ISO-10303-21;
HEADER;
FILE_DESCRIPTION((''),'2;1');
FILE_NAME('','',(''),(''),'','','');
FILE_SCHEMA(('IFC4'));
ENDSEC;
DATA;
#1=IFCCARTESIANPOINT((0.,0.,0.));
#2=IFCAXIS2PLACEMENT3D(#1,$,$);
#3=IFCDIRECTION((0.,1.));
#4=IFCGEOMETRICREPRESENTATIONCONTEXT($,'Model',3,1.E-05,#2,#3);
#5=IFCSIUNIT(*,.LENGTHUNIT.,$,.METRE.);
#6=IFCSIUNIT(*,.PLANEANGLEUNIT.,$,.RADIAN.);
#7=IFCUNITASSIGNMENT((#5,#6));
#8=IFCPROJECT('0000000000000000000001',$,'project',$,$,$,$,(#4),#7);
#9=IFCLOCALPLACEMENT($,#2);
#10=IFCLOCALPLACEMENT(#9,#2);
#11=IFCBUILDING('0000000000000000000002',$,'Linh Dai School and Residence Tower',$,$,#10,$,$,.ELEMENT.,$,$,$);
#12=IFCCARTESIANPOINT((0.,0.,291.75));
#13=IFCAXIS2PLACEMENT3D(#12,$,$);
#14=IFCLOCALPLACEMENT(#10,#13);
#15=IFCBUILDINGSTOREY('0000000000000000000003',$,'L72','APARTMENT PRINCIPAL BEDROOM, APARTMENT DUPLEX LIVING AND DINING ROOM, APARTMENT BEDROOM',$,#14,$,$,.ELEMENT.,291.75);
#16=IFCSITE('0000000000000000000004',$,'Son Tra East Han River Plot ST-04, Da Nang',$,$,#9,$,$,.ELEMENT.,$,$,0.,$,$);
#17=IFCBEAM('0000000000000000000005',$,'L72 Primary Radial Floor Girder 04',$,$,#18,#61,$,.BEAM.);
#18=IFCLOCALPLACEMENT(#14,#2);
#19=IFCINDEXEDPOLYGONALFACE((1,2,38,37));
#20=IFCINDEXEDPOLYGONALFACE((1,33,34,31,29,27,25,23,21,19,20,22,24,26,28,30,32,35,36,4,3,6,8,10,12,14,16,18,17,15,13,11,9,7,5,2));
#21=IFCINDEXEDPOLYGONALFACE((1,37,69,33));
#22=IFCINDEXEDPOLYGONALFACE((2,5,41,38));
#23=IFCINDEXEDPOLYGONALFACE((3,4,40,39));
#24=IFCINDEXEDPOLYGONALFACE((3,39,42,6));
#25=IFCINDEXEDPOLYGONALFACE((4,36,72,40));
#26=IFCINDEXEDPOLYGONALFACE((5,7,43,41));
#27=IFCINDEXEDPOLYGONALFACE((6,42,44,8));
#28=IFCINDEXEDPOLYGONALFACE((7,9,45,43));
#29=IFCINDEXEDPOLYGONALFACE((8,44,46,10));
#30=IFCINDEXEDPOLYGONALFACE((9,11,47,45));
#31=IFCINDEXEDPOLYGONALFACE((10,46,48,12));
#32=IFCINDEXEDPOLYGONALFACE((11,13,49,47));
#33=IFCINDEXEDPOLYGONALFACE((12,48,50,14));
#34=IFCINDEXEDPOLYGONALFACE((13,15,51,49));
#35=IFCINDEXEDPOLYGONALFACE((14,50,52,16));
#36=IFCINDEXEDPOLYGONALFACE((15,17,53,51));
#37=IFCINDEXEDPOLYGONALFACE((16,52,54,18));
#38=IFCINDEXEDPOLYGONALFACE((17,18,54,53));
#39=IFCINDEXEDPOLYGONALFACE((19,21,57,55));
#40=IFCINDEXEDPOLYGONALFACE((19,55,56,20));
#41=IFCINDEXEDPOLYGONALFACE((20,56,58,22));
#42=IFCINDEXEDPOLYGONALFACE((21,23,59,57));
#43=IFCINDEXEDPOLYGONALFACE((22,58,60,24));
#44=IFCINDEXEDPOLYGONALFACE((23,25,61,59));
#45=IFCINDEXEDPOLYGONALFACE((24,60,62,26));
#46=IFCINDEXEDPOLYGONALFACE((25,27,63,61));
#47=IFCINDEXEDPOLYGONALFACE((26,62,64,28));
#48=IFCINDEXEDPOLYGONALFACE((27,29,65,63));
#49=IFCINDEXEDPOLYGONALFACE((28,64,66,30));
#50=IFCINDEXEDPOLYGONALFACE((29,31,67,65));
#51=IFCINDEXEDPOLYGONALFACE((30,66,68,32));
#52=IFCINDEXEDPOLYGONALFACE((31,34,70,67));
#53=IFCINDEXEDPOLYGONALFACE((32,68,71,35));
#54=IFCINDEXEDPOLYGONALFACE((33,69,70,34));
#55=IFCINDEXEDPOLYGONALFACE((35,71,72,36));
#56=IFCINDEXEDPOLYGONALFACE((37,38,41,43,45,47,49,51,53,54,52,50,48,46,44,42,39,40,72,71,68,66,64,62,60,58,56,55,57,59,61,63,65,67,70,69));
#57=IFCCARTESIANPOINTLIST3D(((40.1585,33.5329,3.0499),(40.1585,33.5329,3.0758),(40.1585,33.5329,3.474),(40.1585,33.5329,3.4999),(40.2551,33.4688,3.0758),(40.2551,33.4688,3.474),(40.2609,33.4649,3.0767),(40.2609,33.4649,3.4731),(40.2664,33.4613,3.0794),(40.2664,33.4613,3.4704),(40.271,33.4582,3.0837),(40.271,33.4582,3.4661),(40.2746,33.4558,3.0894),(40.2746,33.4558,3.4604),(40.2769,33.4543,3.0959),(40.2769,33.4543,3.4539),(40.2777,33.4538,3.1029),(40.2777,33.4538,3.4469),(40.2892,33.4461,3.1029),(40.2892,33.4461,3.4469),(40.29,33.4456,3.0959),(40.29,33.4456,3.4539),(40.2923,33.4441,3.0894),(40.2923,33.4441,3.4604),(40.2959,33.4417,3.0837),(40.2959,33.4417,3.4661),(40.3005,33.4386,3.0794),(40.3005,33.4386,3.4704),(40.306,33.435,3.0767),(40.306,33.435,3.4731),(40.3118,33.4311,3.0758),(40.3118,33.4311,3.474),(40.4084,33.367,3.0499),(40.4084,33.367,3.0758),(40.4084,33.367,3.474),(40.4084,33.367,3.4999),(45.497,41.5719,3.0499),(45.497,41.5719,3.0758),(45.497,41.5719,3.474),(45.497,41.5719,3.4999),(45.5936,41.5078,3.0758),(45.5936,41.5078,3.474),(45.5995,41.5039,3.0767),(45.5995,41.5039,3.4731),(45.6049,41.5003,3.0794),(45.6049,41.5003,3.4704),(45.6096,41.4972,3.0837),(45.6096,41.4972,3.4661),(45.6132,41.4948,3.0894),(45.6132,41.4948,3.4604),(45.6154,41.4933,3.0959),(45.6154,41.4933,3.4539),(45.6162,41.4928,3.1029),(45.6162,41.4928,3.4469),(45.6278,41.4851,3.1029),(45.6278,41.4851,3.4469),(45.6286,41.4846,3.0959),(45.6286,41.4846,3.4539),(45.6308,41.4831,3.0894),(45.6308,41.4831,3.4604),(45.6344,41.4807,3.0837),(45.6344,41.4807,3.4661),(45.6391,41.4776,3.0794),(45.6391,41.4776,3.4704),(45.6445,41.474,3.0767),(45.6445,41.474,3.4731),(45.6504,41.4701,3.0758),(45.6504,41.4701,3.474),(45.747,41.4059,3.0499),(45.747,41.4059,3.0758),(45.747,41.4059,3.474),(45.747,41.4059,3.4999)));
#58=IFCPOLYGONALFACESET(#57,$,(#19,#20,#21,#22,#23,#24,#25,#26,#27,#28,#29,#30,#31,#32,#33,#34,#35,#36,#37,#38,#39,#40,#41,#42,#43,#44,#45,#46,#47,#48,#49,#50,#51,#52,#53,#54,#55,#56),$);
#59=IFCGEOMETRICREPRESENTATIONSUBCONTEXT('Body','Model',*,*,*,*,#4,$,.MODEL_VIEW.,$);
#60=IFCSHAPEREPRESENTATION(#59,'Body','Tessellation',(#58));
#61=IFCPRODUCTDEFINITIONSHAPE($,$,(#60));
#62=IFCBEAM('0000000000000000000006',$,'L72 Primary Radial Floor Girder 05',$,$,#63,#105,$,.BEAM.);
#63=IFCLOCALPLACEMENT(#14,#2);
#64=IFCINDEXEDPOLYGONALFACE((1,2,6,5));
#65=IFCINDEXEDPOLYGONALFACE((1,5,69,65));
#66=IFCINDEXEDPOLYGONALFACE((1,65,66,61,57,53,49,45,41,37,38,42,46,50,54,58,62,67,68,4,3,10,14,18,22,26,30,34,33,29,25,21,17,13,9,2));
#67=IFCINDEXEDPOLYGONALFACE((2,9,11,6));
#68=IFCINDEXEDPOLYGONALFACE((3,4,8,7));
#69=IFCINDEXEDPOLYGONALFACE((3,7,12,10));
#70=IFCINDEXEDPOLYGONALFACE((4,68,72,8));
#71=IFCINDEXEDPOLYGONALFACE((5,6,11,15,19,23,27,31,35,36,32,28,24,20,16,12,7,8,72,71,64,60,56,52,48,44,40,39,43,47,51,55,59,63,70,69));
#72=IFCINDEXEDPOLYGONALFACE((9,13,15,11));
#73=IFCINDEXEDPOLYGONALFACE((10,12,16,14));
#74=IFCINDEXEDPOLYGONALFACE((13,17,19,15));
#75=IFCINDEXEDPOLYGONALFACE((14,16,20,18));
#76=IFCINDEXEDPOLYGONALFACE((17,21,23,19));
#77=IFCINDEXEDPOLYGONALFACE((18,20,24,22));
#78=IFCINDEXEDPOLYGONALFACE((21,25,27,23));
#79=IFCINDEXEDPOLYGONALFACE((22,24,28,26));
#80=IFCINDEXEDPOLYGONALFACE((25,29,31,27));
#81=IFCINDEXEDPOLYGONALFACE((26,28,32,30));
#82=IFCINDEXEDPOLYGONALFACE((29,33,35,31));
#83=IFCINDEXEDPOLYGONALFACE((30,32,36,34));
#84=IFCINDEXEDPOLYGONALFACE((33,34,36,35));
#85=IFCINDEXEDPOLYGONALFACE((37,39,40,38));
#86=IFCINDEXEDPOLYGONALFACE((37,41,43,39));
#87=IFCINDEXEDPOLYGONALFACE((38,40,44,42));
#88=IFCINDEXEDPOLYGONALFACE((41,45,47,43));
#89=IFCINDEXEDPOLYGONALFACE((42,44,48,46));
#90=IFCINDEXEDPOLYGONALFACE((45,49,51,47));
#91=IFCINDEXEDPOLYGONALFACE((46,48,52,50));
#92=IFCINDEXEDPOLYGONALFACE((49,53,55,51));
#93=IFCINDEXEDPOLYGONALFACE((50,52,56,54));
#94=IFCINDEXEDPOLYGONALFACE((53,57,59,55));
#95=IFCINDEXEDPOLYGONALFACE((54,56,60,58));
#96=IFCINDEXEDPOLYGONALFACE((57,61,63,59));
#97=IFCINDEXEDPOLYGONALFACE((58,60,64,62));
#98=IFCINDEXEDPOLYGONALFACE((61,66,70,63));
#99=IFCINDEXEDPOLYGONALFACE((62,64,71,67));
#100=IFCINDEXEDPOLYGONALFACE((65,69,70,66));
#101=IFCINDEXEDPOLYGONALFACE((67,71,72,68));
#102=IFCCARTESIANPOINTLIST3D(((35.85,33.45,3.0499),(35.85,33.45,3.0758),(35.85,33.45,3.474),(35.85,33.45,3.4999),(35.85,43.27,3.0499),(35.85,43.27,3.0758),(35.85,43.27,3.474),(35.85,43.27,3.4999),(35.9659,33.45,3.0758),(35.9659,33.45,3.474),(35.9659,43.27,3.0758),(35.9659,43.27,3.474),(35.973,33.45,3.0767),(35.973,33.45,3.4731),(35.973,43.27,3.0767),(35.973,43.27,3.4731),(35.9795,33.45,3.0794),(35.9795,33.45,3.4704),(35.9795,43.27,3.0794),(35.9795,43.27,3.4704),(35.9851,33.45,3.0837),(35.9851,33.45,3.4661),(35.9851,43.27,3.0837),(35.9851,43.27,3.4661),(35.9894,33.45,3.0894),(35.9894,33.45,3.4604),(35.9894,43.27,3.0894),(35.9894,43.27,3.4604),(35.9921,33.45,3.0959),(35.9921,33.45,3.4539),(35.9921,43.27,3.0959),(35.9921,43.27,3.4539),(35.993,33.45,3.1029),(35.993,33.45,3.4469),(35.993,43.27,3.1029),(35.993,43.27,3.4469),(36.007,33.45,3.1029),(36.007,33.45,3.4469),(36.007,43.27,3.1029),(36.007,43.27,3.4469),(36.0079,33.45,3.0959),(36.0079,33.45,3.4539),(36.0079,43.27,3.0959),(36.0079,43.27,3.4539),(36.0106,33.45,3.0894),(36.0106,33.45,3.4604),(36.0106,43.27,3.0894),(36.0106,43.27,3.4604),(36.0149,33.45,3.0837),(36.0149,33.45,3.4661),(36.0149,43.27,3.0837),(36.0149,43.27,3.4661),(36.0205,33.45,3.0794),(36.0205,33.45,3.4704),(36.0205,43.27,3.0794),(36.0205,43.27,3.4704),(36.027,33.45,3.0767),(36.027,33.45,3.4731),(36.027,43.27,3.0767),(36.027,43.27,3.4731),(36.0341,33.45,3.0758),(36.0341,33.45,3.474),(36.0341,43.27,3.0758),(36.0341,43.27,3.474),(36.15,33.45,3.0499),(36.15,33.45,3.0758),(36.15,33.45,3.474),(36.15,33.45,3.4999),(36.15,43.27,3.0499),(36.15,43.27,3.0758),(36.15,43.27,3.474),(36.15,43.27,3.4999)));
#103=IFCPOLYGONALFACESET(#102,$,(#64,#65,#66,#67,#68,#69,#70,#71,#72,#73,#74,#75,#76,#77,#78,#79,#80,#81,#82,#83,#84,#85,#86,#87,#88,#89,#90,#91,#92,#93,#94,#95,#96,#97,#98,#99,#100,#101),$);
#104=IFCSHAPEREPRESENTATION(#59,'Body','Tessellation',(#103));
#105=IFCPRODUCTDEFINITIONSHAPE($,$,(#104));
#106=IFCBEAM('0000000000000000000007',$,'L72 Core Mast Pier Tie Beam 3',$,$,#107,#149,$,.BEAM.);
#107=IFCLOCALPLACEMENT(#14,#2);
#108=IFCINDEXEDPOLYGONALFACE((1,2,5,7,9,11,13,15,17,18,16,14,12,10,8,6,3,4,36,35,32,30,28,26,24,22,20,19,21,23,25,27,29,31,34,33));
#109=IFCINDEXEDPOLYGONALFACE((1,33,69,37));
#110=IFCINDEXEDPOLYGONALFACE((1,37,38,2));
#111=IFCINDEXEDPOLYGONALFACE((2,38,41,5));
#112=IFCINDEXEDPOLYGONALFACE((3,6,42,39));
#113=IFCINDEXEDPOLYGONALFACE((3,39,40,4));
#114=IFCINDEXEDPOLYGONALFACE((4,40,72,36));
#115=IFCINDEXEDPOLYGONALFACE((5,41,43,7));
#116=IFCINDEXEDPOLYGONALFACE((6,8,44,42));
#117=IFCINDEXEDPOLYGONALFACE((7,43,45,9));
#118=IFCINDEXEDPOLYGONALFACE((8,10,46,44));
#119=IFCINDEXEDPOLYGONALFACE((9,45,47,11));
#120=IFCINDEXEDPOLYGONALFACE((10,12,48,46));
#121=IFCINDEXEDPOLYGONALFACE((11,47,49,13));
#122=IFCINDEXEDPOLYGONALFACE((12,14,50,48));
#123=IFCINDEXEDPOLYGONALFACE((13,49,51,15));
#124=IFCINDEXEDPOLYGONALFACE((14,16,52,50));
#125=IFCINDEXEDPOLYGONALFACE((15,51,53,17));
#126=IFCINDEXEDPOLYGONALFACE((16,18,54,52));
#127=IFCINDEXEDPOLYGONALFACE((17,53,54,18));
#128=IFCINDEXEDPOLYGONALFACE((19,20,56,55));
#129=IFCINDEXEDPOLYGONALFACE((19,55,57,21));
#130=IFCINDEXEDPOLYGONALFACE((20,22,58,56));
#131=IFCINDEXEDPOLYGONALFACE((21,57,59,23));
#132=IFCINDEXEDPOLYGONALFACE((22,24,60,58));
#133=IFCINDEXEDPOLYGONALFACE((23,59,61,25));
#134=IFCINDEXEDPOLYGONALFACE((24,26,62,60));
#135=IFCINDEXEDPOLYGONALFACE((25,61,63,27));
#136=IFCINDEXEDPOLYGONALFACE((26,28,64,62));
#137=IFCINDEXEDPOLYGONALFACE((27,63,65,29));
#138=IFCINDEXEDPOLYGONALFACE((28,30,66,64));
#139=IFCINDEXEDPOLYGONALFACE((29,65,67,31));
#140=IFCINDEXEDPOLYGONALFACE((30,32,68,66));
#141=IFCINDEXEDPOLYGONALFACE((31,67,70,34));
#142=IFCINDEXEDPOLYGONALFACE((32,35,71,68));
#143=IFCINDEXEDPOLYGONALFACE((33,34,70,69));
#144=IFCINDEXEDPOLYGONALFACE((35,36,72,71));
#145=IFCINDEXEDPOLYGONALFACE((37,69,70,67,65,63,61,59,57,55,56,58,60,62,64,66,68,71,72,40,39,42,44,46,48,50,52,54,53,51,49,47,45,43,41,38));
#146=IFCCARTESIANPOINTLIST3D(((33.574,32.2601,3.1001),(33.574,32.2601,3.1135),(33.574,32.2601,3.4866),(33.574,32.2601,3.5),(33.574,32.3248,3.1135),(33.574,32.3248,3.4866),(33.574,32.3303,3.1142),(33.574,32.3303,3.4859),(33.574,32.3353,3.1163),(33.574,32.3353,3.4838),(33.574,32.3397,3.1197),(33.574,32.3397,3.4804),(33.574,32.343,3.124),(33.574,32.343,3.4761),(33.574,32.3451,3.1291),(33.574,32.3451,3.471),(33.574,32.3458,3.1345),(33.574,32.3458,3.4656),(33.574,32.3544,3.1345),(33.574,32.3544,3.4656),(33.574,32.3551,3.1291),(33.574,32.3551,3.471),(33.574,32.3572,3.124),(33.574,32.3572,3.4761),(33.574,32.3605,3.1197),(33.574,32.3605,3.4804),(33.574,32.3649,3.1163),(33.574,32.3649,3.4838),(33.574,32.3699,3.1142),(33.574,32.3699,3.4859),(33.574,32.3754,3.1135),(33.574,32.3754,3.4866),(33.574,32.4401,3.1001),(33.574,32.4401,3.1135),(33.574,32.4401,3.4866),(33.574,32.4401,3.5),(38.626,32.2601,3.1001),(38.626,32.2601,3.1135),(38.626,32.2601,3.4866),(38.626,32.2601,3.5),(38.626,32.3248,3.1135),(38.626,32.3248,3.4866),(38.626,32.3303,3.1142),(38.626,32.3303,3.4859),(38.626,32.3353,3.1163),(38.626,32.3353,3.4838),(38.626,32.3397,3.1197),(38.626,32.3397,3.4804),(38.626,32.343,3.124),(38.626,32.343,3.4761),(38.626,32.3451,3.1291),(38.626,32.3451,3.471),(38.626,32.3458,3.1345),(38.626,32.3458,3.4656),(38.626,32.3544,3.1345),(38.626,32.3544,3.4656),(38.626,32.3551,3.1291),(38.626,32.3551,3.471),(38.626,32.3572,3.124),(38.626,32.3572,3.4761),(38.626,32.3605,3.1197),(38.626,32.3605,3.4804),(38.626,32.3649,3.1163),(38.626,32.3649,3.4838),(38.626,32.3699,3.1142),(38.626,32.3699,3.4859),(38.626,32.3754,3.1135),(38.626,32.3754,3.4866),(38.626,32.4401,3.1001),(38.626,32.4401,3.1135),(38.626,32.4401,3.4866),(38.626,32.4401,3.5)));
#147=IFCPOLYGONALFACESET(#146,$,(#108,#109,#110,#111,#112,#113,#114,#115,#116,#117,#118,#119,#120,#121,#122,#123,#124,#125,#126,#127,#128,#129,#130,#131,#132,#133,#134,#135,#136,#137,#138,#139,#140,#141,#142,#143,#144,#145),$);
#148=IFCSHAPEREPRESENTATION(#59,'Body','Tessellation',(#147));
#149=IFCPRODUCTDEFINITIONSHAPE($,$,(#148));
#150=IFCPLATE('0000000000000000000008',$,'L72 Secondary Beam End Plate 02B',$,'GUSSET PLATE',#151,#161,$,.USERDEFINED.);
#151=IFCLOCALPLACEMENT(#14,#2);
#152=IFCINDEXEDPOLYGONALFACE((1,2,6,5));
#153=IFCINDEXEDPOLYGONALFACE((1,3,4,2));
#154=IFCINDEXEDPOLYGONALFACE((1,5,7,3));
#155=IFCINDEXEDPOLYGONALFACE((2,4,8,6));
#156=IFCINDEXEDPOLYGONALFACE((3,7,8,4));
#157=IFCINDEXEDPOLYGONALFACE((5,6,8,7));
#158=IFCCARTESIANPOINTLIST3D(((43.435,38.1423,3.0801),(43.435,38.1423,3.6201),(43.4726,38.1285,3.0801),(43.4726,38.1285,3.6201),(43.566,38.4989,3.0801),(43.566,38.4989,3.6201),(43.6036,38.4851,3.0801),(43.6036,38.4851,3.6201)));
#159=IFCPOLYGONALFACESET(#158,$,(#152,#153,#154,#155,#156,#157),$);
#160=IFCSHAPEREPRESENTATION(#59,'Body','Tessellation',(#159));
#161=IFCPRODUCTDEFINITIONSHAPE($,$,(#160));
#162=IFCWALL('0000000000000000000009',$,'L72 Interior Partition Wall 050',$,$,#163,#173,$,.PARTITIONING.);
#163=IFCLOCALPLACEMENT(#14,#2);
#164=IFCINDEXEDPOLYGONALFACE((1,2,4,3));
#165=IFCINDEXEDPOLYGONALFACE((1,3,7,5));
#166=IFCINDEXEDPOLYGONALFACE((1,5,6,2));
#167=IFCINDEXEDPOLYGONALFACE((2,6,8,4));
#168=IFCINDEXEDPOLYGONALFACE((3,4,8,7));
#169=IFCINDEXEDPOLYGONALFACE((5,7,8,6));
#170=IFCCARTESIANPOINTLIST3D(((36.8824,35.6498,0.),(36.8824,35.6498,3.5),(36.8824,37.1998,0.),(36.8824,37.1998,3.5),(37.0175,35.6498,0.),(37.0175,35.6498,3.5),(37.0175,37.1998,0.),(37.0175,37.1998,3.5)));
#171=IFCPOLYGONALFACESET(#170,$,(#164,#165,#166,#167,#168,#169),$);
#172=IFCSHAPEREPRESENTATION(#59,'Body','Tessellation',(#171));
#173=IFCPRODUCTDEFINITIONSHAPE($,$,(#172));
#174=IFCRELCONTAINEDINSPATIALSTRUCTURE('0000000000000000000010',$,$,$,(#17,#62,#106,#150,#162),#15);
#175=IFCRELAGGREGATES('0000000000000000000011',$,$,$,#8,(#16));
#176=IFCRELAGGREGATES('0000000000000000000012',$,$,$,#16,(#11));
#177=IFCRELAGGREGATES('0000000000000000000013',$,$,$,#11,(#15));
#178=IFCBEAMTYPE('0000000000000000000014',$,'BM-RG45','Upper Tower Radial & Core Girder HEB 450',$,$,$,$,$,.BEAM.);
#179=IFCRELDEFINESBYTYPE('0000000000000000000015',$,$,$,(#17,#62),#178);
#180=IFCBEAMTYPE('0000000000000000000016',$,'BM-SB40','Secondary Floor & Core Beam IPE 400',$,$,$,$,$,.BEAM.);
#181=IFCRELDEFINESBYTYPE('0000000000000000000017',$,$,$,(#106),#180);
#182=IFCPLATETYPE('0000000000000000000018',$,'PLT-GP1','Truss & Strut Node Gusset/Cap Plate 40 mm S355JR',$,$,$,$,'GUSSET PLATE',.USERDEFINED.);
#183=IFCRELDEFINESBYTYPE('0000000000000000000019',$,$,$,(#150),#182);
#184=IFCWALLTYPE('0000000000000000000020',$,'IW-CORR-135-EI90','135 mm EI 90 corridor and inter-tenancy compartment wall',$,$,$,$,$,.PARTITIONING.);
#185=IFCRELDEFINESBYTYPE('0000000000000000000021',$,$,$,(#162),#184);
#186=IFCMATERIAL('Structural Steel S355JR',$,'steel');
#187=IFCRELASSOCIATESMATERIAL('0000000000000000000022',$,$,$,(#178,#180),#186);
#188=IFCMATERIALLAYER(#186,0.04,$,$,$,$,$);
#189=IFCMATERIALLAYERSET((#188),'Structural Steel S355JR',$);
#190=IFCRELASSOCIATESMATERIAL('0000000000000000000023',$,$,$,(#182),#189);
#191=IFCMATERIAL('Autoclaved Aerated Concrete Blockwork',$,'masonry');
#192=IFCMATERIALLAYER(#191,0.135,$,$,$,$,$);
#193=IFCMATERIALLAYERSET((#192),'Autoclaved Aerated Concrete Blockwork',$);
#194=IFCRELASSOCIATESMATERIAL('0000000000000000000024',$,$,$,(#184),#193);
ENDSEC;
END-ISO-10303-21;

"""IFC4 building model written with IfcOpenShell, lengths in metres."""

from ifc_helpers import new_model, si_unit, direction, frame, frame_2d, origin, origin_2d, place, context, subcontext, project, spatial, rectangle, i_section, extrude, source, transform, mapped, material, layer, layer_set, material_profile, profile_set, type_object, element, save


model = new_model("IFC4")

# Units and contexts
model_context = context("Model", 3, precision=1e-05, world=origin(), true_north=direction((0.0, 1.0)))
body_context = subcontext(model_context, "Body", "Model", "MODEL_VIEW")
ifc_project = project(units=[si_unit("LENGTHUNIT", "METRE"), si_unit("PLANEANGLEUNIT", "RADIAN")], contexts=[model_context])

# Site, building, storey
site_placement = place(None, origin())
site = spatial("IfcSite", under=ifc_project, at=site_placement, Name="Son Tra East Han River Plot ST-04, Da Nang", CompositionType="ELEMENT", RefElevation=0.0)
building_placement = place(site_placement, origin())
building = spatial("IfcBuilding", under=site, at=building_placement, Name="Linh Dai School and Residence Tower", CompositionType="ELEMENT")
storey_placement = place(building_placement, frame((0.0, 0.0, 291.75)))
storey = spatial("IfcBuildingStorey", under=building, at=storey_placement, Name="L72", Description="APARTMENT PRINCIPAL BEDROOM, APARTMENT DUPLEX LIVING AND DINING ROOM, APARTMENT BEDROOM", CompositionType="ELEMENT", Elevation=291.75)

# Shared definitions
ifc_material_1 = material(Name="Structural Steel S355JR", Category="steel")

# Beams
ifc_material_profile_1 = material_profile(ifc_material_1, i_section(OverallWidth=0.3, OverallDepth=0.45, WebThickness=0.0139, FlangeThickness=0.0259, FilletRadius=0.0271, at=origin_2d()), Name="HEB 450")
ifc_profile_set_1 = profile_set([ifc_material_profile_1], Name="Structural Steel S355JR")
beam_type_1 = type_object("IfcBeamType", Name="BM-RG45", Description="Upper Tower Radial & Core Girder HEB 450", PredefinedType="BEAM", material=ifc_profile_set_1)
beam_1_placement = place(storey_placement, frame((40.2834, 33.45, 3.2749), z_axis=(0.553211, 0.833041, 0.0), x_axis=(-0.833041, 0.553211, 0.0)))
element("IfcBeam", 1, at=beam_1_placement, inside=storey, type_object=beam_type_1, Name="L72 Primary Radial Floor Girder 04", PredefinedType="BEAM", context=body_context, shape_type="SweptSolid", body=[
    extrude(i_section(OverallWidth=0.3, OverallDepth=0.45, WebThickness=0.0139, FlangeThickness=0.0259, FilletRadius=0.0271, at=origin_2d()), origin(), (0.0, 0.0, 1.0), 9.6501),
])
beam_2_placement = place(storey_placement, frame((36.0, 33.45, 3.2749), z_axis=(0.0, 1.0, 0.0), x_axis=(-1.0, 0.0, 0.0)))
element("IfcBeam", 2, at=beam_2_placement, inside=storey, type_object=beam_type_1, Name="L72 Primary Radial Floor Girder 05", PredefinedType="BEAM", context=body_context, shape_type="SweptSolid", body=[
    extrude(i_section(OverallWidth=0.3, OverallDepth=0.45, WebThickness=0.0139, FlangeThickness=0.0259, FilletRadius=0.0271, at=origin_2d()), origin(), (0.0, 0.0, 1.0), 9.8201),
])
ifc_material_profile_2 = material_profile(ifc_material_1, i_section(OverallWidth=0.1799, OverallDepth=0.3999, WebThickness=0.0085, FlangeThickness=0.0134, FilletRadius=0.021, at=origin_2d()), Name="IPE 400")
ifc_profile_set_2 = profile_set([ifc_material_profile_2], Name="Structural Steel S355JR")
beam_type_2 = type_object("IfcBeamType", Name="BM-SB40", Description="Secondary Floor & Core Beam IPE 400", PredefinedType="BEAM", material=ifc_profile_set_2)
beam_3_placement = place(storey_placement, frame((38.626, 32.3501, 3.3), z_axis=(-1.0, 0.0, 0.0), x_axis=(0.0, -1.0, 0.0)))
element("IfcBeam", 3, at=beam_3_placement, inside=storey, type_object=beam_type_2, Name="L72 Core Mast Pier Tie Beam 3", PredefinedType="BEAM", context=body_context, shape_type="SweptSolid", body=[
    extrude(i_section(OverallWidth=0.1799, OverallDepth=0.3999, WebThickness=0.0085, FlangeThickness=0.0134, FilletRadius=0.021, at=origin_2d()), origin(), (0.0, 0.0, 1.0), 5.052),
])

# Plate
ifc_layer_1 = layer(ifc_material_1, 0.04)
ifc_layer_set_1 = layer_set([ifc_layer_1], Name="Structural Steel S355JR")
plate_type = type_object("IfcPlateType", Name="PLT-GP1", Description="Truss & Strut Node Gusset/Cap Plate 40 mm S355JR", ElementType="GUSSET PLATE", PredefinedType="USERDEFINED", material=ifc_layer_set_1)
shared_shape_1 = source(origin(), body_context, "Body", "SweptSolid", [
    extrude(rectangle(XDim=0.04, YDim=0.3799, at=origin_2d()), origin(), (0.0, 0.0, 1.0), 0.54),
])
plate_placement = place(storey_placement, frame((43.5193, 38.3137, 3.0801), z_axis=(0.0, 0.0, 1.0), x_axis=(-0.938695, 0.344748, 0.0)))
element("IfcPlate", 4, at=plate_placement, inside=storey, type_object=plate_type, Name="L72 Secondary Beam End Plate 02B", ObjectType="GUSSET PLATE", PredefinedType="USERDEFINED", context=body_context, shape_type="MappedRepresentation", body=[
    mapped(shared_shape_1, transform((0.0, 0.0, 0.0), x_axis=(1.0, 0.0, 0.0), y_axis=(0.0, 1.0, 0.0), z_axis=(0.0, 0.0, 1.0), scale=1.0)),
])

# Wall
ifc_material_2 = material(Name="Autoclaved Aerated Concrete Blockwork", Category="masonry")
ifc_layer_2 = layer(ifc_material_2, 0.135)
ifc_layer_set_2 = layer_set([ifc_layer_2], Name="Autoclaved Aerated Concrete Blockwork")
wall_type_1 = type_object("IfcWallType", Name="IW-CORR-135-EI90", Description="135 mm EI 90 corridor and inter-tenancy compartment wall", PredefinedType="PARTITIONING", material=ifc_layer_set_2)
wall_1_placement = place(storey_placement, frame((36.95, 35.6499, 0.0), z_axis=(0.0, 0.0, 1.0), x_axis=(0.0, 1.0, 0.0)))
element("IfcWall", 5, at=wall_1_placement, inside=storey, type_object=wall_type_1, Name="L72 Interior Partition Wall 050", PredefinedType="PARTITIONING", context=body_context, shape_type="SweptSolid", body=[
    extrude(rectangle(XDim=1.55, YDim=0.135, at=frame_2d((0.7749, 0.0))), origin(), (0.0, 0.0, 1.0), 3.5),
])

save(model, "model.ifc")
